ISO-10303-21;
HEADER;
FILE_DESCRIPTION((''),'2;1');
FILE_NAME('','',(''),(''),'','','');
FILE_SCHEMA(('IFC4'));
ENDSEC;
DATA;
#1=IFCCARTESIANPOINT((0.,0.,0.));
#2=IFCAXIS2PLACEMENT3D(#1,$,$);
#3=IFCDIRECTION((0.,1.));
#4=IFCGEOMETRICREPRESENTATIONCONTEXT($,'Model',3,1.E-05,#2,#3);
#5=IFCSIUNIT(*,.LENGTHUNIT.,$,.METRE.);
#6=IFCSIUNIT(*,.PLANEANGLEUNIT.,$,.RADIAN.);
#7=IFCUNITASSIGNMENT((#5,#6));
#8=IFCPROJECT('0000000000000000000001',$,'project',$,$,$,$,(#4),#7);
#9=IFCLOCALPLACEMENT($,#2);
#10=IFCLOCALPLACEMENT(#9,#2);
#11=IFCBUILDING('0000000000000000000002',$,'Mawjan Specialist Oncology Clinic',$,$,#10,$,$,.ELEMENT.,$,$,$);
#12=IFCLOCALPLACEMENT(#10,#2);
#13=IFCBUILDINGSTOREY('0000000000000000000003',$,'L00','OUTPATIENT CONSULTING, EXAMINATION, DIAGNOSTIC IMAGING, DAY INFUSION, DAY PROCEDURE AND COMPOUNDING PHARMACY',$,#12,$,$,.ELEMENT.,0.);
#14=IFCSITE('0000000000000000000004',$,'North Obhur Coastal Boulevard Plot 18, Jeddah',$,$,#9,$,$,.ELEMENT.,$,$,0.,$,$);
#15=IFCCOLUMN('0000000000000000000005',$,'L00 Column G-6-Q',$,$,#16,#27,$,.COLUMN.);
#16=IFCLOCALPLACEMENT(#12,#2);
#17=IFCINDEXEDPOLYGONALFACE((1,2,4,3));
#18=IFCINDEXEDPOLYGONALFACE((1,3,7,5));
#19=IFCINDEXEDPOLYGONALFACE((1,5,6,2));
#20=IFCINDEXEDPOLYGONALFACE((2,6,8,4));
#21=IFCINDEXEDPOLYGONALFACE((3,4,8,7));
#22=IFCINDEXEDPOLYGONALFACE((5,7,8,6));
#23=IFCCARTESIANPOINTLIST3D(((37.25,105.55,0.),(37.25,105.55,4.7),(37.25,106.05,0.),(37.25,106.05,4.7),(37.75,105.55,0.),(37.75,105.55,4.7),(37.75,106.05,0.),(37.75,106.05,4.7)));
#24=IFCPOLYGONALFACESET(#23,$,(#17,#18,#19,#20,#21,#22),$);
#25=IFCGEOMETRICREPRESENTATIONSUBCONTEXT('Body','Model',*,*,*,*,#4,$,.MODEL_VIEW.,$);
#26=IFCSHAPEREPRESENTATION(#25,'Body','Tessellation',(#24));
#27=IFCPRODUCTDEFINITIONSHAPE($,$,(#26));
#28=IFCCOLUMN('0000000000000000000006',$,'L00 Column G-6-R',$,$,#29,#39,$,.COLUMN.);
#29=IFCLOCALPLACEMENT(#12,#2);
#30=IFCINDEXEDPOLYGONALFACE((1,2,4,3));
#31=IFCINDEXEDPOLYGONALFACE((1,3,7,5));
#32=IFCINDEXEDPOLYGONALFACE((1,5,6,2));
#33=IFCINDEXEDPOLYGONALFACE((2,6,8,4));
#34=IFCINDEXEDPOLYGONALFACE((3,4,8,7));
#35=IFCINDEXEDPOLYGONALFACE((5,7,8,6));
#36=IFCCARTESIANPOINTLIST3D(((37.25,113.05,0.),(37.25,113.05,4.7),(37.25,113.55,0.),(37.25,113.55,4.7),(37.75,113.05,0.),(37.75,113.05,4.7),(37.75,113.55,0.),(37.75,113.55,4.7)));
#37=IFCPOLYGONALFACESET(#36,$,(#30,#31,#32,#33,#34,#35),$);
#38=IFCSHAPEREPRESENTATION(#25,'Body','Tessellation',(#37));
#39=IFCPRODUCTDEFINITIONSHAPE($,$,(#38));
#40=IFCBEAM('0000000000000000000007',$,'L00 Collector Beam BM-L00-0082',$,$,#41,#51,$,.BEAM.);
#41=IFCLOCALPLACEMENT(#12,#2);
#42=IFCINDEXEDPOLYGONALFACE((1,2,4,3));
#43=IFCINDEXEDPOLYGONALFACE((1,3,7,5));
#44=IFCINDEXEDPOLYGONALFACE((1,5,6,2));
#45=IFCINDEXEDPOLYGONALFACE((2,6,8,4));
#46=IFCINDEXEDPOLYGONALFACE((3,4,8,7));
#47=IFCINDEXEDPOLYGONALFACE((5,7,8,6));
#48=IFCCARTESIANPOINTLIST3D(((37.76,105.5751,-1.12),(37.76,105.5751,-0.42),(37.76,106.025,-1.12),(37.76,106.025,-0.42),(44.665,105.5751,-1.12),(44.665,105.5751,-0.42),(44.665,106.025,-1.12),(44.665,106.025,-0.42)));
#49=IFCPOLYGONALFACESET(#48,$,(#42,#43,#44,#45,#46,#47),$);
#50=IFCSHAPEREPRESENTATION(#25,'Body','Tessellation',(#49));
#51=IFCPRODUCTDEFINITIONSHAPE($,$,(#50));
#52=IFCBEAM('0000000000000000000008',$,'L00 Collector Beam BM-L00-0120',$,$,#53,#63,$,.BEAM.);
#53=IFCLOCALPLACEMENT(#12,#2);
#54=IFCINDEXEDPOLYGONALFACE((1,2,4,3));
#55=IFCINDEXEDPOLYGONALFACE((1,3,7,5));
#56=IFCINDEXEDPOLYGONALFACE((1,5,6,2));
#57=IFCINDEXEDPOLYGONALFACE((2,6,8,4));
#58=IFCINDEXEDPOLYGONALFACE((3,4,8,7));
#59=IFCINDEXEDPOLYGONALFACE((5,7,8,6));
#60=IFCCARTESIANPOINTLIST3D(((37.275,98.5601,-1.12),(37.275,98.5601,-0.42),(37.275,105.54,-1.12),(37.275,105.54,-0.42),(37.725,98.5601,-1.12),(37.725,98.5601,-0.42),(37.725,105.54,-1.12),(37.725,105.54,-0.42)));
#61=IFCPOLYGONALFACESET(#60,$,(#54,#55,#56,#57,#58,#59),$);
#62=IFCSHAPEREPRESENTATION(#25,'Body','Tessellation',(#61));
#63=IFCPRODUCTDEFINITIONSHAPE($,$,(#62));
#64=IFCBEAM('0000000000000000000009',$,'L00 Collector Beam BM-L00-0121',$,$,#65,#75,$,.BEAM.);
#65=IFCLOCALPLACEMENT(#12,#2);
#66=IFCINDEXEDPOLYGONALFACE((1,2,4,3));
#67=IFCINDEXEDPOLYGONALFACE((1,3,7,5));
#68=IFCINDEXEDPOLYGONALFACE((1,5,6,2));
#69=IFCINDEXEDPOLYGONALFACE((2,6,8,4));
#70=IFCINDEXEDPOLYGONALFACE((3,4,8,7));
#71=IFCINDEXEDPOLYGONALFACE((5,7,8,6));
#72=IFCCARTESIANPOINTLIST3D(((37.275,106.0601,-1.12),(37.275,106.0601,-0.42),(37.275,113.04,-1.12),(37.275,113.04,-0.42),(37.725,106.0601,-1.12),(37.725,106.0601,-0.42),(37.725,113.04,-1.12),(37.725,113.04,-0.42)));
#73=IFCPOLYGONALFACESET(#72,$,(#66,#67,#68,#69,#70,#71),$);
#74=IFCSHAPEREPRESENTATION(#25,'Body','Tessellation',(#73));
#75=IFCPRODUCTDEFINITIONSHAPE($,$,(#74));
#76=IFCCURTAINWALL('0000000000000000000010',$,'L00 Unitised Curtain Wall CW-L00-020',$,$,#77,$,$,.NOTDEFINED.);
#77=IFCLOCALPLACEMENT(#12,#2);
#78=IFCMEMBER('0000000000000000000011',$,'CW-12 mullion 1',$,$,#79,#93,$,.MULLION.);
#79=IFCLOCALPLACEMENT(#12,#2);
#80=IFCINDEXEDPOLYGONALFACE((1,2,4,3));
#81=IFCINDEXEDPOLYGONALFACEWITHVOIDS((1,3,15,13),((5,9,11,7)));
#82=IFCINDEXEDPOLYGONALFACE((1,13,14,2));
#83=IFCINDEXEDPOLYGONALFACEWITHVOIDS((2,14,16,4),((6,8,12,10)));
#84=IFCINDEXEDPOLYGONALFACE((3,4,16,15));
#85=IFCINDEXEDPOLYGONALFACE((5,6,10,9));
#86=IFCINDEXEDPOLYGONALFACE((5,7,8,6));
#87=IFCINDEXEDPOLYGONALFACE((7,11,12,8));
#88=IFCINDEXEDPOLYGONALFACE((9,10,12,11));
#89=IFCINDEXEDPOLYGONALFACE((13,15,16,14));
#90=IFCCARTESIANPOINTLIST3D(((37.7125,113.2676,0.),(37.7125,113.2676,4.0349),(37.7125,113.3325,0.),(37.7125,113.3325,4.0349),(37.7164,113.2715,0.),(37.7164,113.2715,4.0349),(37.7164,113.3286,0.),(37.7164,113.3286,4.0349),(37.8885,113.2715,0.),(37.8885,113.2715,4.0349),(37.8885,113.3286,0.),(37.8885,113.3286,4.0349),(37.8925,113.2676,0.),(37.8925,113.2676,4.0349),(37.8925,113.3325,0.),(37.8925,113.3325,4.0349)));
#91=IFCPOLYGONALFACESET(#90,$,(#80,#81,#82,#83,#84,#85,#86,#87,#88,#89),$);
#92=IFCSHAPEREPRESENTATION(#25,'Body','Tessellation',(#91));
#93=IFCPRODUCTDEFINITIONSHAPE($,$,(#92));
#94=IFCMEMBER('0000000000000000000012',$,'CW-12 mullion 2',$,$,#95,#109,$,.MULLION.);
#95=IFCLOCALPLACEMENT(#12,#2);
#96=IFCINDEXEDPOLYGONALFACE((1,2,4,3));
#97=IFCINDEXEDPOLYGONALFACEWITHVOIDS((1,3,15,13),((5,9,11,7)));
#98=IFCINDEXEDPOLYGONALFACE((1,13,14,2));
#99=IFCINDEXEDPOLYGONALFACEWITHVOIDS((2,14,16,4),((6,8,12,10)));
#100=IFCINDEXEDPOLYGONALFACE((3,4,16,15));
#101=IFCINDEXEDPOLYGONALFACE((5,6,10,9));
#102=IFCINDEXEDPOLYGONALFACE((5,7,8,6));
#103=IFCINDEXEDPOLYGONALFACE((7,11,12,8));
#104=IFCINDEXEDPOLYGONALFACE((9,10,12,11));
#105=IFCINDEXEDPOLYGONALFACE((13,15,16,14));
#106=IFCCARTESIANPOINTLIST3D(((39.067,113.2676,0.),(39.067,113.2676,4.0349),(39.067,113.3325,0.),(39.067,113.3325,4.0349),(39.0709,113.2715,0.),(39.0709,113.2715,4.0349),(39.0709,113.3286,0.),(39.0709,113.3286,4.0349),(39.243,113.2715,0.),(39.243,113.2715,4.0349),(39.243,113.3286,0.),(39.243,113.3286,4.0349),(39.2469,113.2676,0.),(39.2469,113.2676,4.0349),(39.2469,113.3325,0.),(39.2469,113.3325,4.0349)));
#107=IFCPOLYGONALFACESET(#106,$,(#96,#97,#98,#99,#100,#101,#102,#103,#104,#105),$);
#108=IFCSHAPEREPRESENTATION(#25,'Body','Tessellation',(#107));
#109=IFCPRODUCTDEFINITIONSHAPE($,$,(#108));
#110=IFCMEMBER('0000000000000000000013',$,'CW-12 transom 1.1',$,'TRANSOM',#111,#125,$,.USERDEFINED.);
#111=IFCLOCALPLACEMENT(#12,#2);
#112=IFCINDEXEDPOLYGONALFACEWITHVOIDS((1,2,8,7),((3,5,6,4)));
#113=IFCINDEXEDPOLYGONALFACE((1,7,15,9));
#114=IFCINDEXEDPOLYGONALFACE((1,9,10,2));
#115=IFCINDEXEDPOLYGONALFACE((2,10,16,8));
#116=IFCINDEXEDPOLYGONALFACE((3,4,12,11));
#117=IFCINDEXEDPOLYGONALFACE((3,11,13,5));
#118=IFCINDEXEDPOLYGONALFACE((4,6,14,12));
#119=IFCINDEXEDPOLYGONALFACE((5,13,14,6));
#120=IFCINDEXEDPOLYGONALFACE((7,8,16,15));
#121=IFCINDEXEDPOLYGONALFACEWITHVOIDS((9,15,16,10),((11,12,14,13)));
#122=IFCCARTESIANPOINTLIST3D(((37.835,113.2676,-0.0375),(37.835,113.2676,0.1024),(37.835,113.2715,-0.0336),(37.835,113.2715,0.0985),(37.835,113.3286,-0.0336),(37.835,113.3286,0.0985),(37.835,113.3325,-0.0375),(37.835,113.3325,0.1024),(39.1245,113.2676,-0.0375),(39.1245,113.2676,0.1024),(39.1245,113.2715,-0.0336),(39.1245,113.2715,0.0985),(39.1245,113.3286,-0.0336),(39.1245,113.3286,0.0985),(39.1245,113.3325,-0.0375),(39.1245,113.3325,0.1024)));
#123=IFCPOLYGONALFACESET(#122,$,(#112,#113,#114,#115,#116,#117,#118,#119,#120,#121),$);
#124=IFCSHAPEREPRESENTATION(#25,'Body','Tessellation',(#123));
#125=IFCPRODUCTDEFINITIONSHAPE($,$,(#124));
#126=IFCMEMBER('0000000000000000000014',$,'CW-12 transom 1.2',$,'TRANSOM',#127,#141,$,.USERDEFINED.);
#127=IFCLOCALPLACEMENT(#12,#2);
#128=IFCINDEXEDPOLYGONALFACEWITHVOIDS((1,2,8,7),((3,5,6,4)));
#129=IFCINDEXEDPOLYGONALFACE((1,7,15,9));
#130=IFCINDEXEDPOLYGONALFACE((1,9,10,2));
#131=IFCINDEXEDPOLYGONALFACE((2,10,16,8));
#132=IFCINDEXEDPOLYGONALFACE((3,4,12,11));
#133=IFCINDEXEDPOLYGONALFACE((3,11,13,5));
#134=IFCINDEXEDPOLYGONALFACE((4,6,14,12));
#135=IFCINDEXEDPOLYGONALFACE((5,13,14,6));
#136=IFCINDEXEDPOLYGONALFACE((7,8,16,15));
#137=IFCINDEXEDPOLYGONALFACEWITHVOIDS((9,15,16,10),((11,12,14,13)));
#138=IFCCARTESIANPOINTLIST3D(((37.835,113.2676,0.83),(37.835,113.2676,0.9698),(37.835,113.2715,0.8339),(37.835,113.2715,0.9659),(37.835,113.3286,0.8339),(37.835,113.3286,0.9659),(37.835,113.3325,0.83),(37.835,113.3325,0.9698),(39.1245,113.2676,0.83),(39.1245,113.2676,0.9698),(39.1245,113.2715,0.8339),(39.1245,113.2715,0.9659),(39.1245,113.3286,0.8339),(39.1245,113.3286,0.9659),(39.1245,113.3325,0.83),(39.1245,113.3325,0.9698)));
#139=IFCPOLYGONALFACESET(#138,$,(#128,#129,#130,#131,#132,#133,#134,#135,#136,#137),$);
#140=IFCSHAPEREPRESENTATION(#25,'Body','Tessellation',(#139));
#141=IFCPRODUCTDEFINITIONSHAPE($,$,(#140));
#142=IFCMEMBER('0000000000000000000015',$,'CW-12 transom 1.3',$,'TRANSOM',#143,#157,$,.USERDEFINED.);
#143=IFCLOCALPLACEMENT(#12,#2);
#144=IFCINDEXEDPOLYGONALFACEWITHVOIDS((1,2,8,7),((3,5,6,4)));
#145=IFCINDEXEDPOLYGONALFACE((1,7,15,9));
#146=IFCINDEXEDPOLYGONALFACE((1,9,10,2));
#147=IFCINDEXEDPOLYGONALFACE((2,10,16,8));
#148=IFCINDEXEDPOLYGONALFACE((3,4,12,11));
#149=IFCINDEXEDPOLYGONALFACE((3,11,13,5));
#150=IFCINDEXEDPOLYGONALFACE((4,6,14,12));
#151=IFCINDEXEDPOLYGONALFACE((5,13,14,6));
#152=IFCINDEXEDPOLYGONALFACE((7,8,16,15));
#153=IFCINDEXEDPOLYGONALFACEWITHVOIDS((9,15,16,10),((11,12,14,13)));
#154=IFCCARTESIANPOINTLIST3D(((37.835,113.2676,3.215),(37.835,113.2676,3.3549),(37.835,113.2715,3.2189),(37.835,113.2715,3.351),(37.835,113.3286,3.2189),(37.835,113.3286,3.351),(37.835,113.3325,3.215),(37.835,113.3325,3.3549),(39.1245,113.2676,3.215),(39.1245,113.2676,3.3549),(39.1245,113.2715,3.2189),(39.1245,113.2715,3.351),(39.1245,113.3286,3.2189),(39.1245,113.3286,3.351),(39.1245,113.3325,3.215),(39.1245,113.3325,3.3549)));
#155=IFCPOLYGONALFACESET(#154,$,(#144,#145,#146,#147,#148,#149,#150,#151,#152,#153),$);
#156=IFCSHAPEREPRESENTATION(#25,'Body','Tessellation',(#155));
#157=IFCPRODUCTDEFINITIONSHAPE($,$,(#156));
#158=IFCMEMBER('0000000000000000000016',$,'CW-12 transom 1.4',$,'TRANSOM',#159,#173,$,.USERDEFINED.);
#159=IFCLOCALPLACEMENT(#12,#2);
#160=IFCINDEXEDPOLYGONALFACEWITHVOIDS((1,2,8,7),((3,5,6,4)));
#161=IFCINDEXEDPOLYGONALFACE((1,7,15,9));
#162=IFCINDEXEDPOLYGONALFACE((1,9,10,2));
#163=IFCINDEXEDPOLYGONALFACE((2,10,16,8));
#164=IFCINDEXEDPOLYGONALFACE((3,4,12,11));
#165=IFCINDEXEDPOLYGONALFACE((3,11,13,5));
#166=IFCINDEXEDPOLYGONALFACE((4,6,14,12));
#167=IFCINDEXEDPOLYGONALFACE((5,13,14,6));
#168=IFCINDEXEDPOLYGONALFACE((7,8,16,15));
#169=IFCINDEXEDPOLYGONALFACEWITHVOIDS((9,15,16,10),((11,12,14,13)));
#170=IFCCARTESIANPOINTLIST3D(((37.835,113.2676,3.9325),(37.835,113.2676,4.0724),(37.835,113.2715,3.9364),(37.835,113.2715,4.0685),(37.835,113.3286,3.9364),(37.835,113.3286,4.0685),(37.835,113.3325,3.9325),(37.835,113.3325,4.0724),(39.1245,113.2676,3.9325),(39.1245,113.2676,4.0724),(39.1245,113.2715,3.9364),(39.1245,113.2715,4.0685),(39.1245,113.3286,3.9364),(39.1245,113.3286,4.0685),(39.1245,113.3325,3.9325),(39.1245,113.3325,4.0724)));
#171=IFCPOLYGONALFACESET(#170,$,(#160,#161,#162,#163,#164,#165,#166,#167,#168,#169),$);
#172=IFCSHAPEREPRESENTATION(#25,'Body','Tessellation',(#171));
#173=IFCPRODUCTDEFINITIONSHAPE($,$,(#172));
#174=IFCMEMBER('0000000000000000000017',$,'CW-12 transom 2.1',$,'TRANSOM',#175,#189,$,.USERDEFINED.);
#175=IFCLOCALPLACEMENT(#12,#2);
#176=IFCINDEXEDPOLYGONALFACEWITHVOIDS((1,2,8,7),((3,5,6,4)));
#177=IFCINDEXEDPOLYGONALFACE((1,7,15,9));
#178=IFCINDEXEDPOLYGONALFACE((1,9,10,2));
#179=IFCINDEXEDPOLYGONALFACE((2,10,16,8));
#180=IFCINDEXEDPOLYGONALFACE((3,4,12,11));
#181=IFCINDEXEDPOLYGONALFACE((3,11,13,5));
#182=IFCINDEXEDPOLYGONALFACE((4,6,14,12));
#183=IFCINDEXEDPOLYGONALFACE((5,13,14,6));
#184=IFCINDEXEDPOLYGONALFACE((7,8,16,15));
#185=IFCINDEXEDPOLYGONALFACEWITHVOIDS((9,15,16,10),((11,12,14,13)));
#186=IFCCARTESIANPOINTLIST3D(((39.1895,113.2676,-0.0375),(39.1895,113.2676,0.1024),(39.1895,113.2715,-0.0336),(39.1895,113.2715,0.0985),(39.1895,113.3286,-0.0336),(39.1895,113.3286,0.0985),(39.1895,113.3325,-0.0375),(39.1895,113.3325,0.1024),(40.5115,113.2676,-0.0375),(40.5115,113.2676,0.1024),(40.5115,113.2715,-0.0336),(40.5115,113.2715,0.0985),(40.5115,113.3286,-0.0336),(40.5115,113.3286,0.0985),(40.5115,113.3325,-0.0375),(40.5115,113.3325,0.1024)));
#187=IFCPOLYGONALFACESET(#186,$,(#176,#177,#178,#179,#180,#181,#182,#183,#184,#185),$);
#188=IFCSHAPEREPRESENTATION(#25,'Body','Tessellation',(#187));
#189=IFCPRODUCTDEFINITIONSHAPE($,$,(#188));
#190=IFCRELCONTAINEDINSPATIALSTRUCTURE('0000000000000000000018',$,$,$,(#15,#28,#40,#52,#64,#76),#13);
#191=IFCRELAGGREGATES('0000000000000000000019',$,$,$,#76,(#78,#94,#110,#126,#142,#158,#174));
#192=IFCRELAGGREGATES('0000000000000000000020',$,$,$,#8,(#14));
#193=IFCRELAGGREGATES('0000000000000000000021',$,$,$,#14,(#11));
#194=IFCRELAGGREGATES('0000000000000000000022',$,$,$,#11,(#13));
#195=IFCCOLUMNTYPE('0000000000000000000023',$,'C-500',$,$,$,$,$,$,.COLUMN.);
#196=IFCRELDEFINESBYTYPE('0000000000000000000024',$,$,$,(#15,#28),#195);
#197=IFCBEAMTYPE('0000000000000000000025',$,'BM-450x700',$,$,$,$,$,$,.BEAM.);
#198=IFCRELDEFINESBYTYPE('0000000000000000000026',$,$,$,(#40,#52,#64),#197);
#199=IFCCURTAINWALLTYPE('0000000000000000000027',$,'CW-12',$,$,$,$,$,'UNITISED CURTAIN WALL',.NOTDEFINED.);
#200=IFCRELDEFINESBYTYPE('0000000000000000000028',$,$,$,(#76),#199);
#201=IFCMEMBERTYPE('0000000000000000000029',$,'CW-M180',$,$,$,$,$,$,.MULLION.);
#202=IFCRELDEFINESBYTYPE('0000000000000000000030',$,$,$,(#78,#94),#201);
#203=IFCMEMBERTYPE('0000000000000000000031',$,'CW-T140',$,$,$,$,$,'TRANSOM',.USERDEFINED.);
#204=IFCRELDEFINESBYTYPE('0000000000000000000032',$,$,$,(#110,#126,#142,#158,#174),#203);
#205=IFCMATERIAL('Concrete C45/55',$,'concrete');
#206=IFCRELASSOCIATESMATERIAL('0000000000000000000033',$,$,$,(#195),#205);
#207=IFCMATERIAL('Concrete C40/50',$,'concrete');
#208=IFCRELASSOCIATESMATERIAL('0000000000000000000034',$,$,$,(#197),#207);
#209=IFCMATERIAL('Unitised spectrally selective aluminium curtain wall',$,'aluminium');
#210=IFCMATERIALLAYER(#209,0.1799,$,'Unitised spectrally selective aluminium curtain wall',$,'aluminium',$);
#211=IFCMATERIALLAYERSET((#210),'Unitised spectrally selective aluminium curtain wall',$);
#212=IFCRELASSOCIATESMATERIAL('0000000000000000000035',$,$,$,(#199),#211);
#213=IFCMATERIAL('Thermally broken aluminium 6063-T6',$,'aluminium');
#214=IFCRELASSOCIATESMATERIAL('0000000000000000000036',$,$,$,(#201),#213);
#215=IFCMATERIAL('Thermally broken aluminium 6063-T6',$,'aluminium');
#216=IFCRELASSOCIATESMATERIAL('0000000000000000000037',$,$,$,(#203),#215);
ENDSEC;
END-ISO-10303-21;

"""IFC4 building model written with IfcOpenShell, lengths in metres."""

from ifc_helpers import new_model, si_unit, direction, frame, origin, origin_2d, place, context, subcontext, project, spatial, rectangle, hollow_rectangle, extrude, material, layer, layer_set, material_profile, profile_set, type_object, element, aggregate, save


model = new_model("IFC4")

# Units and contexts
model_context = context("Model", 3, precision=1e-05, world=origin(), true_north=direction((0.0, 1.0)))
body_context = subcontext(model_context, "Body", "Model", "MODEL_VIEW")
ifc_project = project(units=[si_unit("LENGTHUNIT", "METRE"), si_unit("PLANEANGLEUNIT", "RADIAN")], contexts=[model_context])

# Site, building, storey
site_placement = place(None, origin())
site = spatial("IfcSite", under=ifc_project, at=site_placement, Name="North Obhur Coastal Boulevard Plot 18, Jeddah", CompositionType="ELEMENT", RefElevation=0.0)
building_placement = place(site_placement, origin())
building = spatial("IfcBuilding", under=site, at=building_placement, Name="Mawjan Specialist Oncology Clinic", CompositionType="ELEMENT")
storey_placement = place(building_placement, origin())
storey = spatial("IfcBuildingStorey", under=building, at=storey_placement, Name="L00", Description="OUTPATIENT CONSULTING, EXAMINATION, DIAGNOSTIC IMAGING, DAY INFUSION, DAY PROCEDURE AND COMPOUNDING PHARMACY", CompositionType="ELEMENT", Elevation=0.0)

# Columns
ifc_material_1 = material(Name="Concrete C45/55", Category="concrete")
ifc_material_profile_1 = material_profile(ifc_material_1, rectangle(XDim=0.5, YDim=0.5, at=origin_2d()), Name="RC COL 500x500", Category="concrete")
ifc_profile_set_1 = profile_set([ifc_material_profile_1], Name="Concrete C45/55")
column_type = type_object("IfcColumnType", Name="C-500", PredefinedType="COLUMN", material=ifc_profile_set_1)
for number, where, z_axis, x_axis, name in (
    (1, (37.5, 105.8, 0.0), (0.0, 0.0, 1.0), (1.0, 0.0, 0.0), "L00 Column G-6-Q"),
    (2, (37.5, 113.3, 0.0), (0.0, 0.0, 1.0), (1.0, 0.0, 0.0), "L00 Column G-6-R"),
):
    element("IfcColumn", number, at=place(storey_placement, frame(where, z_axis=z_axis, x_axis=x_axis)), inside=storey, type_object=column_type, Name=name, PredefinedType="COLUMN", context=body_context, shape_type="SweptSolid", body=[
        extrude(rectangle(XDim=0.5, YDim=0.5, at=origin_2d()), origin(), (0.0, 0.0, 1.0), 4.7),
    ])

# Beams
ifc_material_2 = material(Name="Concrete C40/50", Category="concrete")
ifc_material_profile_2 = material_profile(ifc_material_2, rectangle(XDim=0.45, YDim=0.7, at=origin_2d()), Name="RC BM 450x700", Category="concrete")
ifc_profile_set_2 = profile_set([ifc_material_profile_2], Name="Concrete C40/50")
beam_type_1 = type_object("IfcBeamType", Name="BM-450x700", PredefinedType="BEAM", material=ifc_profile_set_2)
beam_1_placement = place(storey_placement, frame((37.76, 105.8, -0.77), z_axis=(1.0, 0.0, 0.0), x_axis=(0.0, 1.0, 0.0)))
element("IfcBeam", 3, at=beam_1_placement, inside=storey, type_object=beam_type_1, Name="L00 Collector Beam BM-L00-0082", PredefinedType="BEAM", context=body_context, shape_type="SweptSolid", body=[
    extrude(rectangle(XDim=0.45, YDim=0.7, at=origin_2d()), origin(), (0.0, 0.0, 1.0), 6.905),
])
for number, where, z_axis, x_axis, name in (
    (4, (37.5, 98.5601, -0.77), (0.0, 1.0, 0.0), (-1.0, 0.0, 0.0), "L00 Collector Beam BM-L00-0120"),
    (5, (37.5, 106.0601, -0.77), (0.0, 1.0, 0.0), (-1.0, 0.0, 0.0), "L00 Collector Beam BM-L00-0121"),
):
    element("IfcBeam", number, at=place(storey_placement, frame(where, z_axis=z_axis, x_axis=x_axis)), inside=storey, type_object=beam_type_1, Name=name, PredefinedType="BEAM", context=body_context, shape_type="SweptSolid", body=[
        extrude(rectangle(XDim=0.45, YDim=0.7, at=origin_2d()), origin(), (0.0, 0.0, 1.0), 6.98),
    ])

# Curtain wall, members
ifc_material_3 = material(Name="Unitised spectrally selective aluminium curtain wall", Category="aluminium")
ifc_layer_1 = layer(ifc_material_3, 0.1799, Name="Unitised spectrally selective aluminium curtain wall", Category="aluminium")
ifc_layer_set_1 = layer_set([ifc_layer_1], Name="Unitised spectrally selective aluminium curtain wall")
curtain_wall_type = type_object("IfcCurtainWallType", Name="CW-12", ElementType="UNITISED CURTAIN WALL", PredefinedType="NOTDEFINED", material=ifc_layer_set_1)
curtain_wall_placement = place(storey_placement, origin())
curtain_wall = element("IfcCurtainWall", 6, at=curtain_wall_placement, inside=storey, type_object=curtain_wall_type, Name="L00 Unitised Curtain Wall CW-L00-020", PredefinedType="NOTDEFINED")
ifc_material_4 = material(Name="Thermally broken aluminium 6063-T6", Category="aluminium")
ifc_material_profile_3 = material_profile(ifc_material_4, hollow_rectangle(XDim=0.0649, YDim=0.1799, WallThickness=0.0039, at=origin_2d()), Name="ALU MULLION 180x65x4", Category="aluminium")
ifc_profile_set_3 = profile_set([ifc_material_profile_3], Name="Thermally broken aluminium 6063-T6")
member_type_1 = type_object("IfcMemberType", Name="CW-M180", PredefinedType="MULLION", material=ifc_profile_set_3)
member_1_placement = place(storey_placement, frame((37.8025, 113.3, 0.0), z_axis=(0.0, 0.0, 1.0), x_axis=(0.0, 1.0, 0.0)))
member_1 = element("IfcMember", 7, at=member_1_placement, type_object=member_type_1, Name="CW-12 mullion 1", PredefinedType="MULLION", context=body_context, shape_type="SweptSolid", body=[
    extrude(hollow_rectangle(XDim=0.0649, YDim=0.1799, WallThickness=0.0039, at=origin_2d()), origin(), (0.0, 0.0, 1.0), 4.0349),
])
member_2_placement = place(storey_placement, frame((39.157, 113.3, 0.0), z_axis=(0.0, 0.0, 1.0), x_axis=(0.0, 1.0, 0.0)))
member_2 = element("IfcMember", 8, at=member_2_placement, type_object=member_type_1, Name="CW-12 mullion 2", PredefinedType="MULLION", context=body_context, shape_type="SweptSolid", body=[
    extrude(hollow_rectangle(XDim=0.0649, YDim=0.1799, WallThickness=0.0039, at=origin_2d()), origin(), (0.0, 0.0, 1.0), 4.0349),
])
ifc_material_5 = material(Name="Thermally broken aluminium 6063-T6", Category="aluminium")
ifc_material_profile_4 = material_profile(ifc_material_5, hollow_rectangle(XDim=0.0649, YDim=0.1399, WallThickness=0.0039, at=origin_2d()), Name="ALU TRANSOM 140x65x4", Category="aluminium")
ifc_profile_set_4 = profile_set([ifc_material_profile_4], Name="Thermally broken aluminium 6063-T6")
member_type_2 = type_object("IfcMemberType", Name="CW-T140", ElementType="TRANSOM", PredefinedType="USERDEFINED", material=ifc_profile_set_4)
member_3_placement = place(storey_placement, frame((37.835, 113.3, 0.0325), z_axis=(1.0, 0.0, 0.0), x_axis=(0.0, 1.0, 0.0)))
member_3 = element("IfcMember", 9, at=member_3_placement, type_object=member_type_2, Name="CW-12 transom 1.1", ObjectType="TRANSOM", PredefinedType="USERDEFINED", context=body_context, shape_type="SweptSolid", body=[
    extrude(hollow_rectangle(XDim=0.0649, YDim=0.1399, WallThickness=0.0039, at=origin_2d()), origin(), (0.0, 0.0, 1.0), 1.2896),
])
member_4_placement = place(storey_placement, frame((37.835, 113.3, 0.8999), z_axis=(1.0, 0.0, 0.0), x_axis=(0.0, 1.0, 0.0)))
member_4 = element("IfcMember", 10, at=member_4_placement, type_object=member_type_2, Name="CW-12 transom 1.2", ObjectType="TRANSOM", PredefinedType="USERDEFINED", context=body_context, shape_type="SweptSolid", body=[
    extrude(hollow_rectangle(XDim=0.0649, YDim=0.1399, WallThickness=0.0039, at=origin_2d()), origin(), (0.0, 0.0, 1.0), 1.2896),
])
member_5_placement = place(storey_placement, frame((37.835, 113.3, 3.2849), z_axis=(1.0, 0.0, 0.0), x_axis=(0.0, 1.0, 0.0)))
member_5 = element("IfcMember", 11, at=member_5_placement, type_object=member_type_2, Name="CW-12 transom 1.3", ObjectType="TRANSOM", PredefinedType="USERDEFINED", context=body_context, shape_type="SweptSolid", body=[
    extrude(hollow_rectangle(XDim=0.0649, YDim=0.1399, WallThickness=0.0039, at=origin_2d()), origin(), (0.0, 0.0, 1.0), 1.2896),
])
member_6_placement = place(storey_placement, frame((37.835, 113.3, 4.0024), z_axis=(1.0, 0.0, 0.0), x_axis=(0.0, 1.0, 0.0)))
member_6 = element("IfcMember", 12, at=member_6_placement, type_object=member_type_2, Name="CW-12 transom 1.4", ObjectType="TRANSOM", PredefinedType="USERDEFINED", context=body_context, shape_type="SweptSolid", body=[
    extrude(hollow_rectangle(XDim=0.0649, YDim=0.1399, WallThickness=0.0039, at=origin_2d()), origin(), (0.0, 0.0, 1.0), 1.2896),
])
member_7_placement = place(storey_placement, frame((39.1895, 113.3, 0.0325), z_axis=(1.0, 0.0, 0.0), x_axis=(0.0, 1.0, 0.0)))
member_7 = element("IfcMember", 13, at=member_7_placement, type_object=member_type_2, Name="CW-12 transom 2.1", ObjectType="TRANSOM", PredefinedType="USERDEFINED", context=body_context, shape_type="SweptSolid", body=[
    extrude(hollow_rectangle(XDim=0.0649, YDim=0.1399, WallThickness=0.0039, at=origin_2d()), origin(), (0.0, 0.0, 1.0), 1.322),
])

aggregate(curtain_wall, [member_1, member_2, member_3, member_4, member_5, member_6, member_7])

save(model, "model.ifc")
